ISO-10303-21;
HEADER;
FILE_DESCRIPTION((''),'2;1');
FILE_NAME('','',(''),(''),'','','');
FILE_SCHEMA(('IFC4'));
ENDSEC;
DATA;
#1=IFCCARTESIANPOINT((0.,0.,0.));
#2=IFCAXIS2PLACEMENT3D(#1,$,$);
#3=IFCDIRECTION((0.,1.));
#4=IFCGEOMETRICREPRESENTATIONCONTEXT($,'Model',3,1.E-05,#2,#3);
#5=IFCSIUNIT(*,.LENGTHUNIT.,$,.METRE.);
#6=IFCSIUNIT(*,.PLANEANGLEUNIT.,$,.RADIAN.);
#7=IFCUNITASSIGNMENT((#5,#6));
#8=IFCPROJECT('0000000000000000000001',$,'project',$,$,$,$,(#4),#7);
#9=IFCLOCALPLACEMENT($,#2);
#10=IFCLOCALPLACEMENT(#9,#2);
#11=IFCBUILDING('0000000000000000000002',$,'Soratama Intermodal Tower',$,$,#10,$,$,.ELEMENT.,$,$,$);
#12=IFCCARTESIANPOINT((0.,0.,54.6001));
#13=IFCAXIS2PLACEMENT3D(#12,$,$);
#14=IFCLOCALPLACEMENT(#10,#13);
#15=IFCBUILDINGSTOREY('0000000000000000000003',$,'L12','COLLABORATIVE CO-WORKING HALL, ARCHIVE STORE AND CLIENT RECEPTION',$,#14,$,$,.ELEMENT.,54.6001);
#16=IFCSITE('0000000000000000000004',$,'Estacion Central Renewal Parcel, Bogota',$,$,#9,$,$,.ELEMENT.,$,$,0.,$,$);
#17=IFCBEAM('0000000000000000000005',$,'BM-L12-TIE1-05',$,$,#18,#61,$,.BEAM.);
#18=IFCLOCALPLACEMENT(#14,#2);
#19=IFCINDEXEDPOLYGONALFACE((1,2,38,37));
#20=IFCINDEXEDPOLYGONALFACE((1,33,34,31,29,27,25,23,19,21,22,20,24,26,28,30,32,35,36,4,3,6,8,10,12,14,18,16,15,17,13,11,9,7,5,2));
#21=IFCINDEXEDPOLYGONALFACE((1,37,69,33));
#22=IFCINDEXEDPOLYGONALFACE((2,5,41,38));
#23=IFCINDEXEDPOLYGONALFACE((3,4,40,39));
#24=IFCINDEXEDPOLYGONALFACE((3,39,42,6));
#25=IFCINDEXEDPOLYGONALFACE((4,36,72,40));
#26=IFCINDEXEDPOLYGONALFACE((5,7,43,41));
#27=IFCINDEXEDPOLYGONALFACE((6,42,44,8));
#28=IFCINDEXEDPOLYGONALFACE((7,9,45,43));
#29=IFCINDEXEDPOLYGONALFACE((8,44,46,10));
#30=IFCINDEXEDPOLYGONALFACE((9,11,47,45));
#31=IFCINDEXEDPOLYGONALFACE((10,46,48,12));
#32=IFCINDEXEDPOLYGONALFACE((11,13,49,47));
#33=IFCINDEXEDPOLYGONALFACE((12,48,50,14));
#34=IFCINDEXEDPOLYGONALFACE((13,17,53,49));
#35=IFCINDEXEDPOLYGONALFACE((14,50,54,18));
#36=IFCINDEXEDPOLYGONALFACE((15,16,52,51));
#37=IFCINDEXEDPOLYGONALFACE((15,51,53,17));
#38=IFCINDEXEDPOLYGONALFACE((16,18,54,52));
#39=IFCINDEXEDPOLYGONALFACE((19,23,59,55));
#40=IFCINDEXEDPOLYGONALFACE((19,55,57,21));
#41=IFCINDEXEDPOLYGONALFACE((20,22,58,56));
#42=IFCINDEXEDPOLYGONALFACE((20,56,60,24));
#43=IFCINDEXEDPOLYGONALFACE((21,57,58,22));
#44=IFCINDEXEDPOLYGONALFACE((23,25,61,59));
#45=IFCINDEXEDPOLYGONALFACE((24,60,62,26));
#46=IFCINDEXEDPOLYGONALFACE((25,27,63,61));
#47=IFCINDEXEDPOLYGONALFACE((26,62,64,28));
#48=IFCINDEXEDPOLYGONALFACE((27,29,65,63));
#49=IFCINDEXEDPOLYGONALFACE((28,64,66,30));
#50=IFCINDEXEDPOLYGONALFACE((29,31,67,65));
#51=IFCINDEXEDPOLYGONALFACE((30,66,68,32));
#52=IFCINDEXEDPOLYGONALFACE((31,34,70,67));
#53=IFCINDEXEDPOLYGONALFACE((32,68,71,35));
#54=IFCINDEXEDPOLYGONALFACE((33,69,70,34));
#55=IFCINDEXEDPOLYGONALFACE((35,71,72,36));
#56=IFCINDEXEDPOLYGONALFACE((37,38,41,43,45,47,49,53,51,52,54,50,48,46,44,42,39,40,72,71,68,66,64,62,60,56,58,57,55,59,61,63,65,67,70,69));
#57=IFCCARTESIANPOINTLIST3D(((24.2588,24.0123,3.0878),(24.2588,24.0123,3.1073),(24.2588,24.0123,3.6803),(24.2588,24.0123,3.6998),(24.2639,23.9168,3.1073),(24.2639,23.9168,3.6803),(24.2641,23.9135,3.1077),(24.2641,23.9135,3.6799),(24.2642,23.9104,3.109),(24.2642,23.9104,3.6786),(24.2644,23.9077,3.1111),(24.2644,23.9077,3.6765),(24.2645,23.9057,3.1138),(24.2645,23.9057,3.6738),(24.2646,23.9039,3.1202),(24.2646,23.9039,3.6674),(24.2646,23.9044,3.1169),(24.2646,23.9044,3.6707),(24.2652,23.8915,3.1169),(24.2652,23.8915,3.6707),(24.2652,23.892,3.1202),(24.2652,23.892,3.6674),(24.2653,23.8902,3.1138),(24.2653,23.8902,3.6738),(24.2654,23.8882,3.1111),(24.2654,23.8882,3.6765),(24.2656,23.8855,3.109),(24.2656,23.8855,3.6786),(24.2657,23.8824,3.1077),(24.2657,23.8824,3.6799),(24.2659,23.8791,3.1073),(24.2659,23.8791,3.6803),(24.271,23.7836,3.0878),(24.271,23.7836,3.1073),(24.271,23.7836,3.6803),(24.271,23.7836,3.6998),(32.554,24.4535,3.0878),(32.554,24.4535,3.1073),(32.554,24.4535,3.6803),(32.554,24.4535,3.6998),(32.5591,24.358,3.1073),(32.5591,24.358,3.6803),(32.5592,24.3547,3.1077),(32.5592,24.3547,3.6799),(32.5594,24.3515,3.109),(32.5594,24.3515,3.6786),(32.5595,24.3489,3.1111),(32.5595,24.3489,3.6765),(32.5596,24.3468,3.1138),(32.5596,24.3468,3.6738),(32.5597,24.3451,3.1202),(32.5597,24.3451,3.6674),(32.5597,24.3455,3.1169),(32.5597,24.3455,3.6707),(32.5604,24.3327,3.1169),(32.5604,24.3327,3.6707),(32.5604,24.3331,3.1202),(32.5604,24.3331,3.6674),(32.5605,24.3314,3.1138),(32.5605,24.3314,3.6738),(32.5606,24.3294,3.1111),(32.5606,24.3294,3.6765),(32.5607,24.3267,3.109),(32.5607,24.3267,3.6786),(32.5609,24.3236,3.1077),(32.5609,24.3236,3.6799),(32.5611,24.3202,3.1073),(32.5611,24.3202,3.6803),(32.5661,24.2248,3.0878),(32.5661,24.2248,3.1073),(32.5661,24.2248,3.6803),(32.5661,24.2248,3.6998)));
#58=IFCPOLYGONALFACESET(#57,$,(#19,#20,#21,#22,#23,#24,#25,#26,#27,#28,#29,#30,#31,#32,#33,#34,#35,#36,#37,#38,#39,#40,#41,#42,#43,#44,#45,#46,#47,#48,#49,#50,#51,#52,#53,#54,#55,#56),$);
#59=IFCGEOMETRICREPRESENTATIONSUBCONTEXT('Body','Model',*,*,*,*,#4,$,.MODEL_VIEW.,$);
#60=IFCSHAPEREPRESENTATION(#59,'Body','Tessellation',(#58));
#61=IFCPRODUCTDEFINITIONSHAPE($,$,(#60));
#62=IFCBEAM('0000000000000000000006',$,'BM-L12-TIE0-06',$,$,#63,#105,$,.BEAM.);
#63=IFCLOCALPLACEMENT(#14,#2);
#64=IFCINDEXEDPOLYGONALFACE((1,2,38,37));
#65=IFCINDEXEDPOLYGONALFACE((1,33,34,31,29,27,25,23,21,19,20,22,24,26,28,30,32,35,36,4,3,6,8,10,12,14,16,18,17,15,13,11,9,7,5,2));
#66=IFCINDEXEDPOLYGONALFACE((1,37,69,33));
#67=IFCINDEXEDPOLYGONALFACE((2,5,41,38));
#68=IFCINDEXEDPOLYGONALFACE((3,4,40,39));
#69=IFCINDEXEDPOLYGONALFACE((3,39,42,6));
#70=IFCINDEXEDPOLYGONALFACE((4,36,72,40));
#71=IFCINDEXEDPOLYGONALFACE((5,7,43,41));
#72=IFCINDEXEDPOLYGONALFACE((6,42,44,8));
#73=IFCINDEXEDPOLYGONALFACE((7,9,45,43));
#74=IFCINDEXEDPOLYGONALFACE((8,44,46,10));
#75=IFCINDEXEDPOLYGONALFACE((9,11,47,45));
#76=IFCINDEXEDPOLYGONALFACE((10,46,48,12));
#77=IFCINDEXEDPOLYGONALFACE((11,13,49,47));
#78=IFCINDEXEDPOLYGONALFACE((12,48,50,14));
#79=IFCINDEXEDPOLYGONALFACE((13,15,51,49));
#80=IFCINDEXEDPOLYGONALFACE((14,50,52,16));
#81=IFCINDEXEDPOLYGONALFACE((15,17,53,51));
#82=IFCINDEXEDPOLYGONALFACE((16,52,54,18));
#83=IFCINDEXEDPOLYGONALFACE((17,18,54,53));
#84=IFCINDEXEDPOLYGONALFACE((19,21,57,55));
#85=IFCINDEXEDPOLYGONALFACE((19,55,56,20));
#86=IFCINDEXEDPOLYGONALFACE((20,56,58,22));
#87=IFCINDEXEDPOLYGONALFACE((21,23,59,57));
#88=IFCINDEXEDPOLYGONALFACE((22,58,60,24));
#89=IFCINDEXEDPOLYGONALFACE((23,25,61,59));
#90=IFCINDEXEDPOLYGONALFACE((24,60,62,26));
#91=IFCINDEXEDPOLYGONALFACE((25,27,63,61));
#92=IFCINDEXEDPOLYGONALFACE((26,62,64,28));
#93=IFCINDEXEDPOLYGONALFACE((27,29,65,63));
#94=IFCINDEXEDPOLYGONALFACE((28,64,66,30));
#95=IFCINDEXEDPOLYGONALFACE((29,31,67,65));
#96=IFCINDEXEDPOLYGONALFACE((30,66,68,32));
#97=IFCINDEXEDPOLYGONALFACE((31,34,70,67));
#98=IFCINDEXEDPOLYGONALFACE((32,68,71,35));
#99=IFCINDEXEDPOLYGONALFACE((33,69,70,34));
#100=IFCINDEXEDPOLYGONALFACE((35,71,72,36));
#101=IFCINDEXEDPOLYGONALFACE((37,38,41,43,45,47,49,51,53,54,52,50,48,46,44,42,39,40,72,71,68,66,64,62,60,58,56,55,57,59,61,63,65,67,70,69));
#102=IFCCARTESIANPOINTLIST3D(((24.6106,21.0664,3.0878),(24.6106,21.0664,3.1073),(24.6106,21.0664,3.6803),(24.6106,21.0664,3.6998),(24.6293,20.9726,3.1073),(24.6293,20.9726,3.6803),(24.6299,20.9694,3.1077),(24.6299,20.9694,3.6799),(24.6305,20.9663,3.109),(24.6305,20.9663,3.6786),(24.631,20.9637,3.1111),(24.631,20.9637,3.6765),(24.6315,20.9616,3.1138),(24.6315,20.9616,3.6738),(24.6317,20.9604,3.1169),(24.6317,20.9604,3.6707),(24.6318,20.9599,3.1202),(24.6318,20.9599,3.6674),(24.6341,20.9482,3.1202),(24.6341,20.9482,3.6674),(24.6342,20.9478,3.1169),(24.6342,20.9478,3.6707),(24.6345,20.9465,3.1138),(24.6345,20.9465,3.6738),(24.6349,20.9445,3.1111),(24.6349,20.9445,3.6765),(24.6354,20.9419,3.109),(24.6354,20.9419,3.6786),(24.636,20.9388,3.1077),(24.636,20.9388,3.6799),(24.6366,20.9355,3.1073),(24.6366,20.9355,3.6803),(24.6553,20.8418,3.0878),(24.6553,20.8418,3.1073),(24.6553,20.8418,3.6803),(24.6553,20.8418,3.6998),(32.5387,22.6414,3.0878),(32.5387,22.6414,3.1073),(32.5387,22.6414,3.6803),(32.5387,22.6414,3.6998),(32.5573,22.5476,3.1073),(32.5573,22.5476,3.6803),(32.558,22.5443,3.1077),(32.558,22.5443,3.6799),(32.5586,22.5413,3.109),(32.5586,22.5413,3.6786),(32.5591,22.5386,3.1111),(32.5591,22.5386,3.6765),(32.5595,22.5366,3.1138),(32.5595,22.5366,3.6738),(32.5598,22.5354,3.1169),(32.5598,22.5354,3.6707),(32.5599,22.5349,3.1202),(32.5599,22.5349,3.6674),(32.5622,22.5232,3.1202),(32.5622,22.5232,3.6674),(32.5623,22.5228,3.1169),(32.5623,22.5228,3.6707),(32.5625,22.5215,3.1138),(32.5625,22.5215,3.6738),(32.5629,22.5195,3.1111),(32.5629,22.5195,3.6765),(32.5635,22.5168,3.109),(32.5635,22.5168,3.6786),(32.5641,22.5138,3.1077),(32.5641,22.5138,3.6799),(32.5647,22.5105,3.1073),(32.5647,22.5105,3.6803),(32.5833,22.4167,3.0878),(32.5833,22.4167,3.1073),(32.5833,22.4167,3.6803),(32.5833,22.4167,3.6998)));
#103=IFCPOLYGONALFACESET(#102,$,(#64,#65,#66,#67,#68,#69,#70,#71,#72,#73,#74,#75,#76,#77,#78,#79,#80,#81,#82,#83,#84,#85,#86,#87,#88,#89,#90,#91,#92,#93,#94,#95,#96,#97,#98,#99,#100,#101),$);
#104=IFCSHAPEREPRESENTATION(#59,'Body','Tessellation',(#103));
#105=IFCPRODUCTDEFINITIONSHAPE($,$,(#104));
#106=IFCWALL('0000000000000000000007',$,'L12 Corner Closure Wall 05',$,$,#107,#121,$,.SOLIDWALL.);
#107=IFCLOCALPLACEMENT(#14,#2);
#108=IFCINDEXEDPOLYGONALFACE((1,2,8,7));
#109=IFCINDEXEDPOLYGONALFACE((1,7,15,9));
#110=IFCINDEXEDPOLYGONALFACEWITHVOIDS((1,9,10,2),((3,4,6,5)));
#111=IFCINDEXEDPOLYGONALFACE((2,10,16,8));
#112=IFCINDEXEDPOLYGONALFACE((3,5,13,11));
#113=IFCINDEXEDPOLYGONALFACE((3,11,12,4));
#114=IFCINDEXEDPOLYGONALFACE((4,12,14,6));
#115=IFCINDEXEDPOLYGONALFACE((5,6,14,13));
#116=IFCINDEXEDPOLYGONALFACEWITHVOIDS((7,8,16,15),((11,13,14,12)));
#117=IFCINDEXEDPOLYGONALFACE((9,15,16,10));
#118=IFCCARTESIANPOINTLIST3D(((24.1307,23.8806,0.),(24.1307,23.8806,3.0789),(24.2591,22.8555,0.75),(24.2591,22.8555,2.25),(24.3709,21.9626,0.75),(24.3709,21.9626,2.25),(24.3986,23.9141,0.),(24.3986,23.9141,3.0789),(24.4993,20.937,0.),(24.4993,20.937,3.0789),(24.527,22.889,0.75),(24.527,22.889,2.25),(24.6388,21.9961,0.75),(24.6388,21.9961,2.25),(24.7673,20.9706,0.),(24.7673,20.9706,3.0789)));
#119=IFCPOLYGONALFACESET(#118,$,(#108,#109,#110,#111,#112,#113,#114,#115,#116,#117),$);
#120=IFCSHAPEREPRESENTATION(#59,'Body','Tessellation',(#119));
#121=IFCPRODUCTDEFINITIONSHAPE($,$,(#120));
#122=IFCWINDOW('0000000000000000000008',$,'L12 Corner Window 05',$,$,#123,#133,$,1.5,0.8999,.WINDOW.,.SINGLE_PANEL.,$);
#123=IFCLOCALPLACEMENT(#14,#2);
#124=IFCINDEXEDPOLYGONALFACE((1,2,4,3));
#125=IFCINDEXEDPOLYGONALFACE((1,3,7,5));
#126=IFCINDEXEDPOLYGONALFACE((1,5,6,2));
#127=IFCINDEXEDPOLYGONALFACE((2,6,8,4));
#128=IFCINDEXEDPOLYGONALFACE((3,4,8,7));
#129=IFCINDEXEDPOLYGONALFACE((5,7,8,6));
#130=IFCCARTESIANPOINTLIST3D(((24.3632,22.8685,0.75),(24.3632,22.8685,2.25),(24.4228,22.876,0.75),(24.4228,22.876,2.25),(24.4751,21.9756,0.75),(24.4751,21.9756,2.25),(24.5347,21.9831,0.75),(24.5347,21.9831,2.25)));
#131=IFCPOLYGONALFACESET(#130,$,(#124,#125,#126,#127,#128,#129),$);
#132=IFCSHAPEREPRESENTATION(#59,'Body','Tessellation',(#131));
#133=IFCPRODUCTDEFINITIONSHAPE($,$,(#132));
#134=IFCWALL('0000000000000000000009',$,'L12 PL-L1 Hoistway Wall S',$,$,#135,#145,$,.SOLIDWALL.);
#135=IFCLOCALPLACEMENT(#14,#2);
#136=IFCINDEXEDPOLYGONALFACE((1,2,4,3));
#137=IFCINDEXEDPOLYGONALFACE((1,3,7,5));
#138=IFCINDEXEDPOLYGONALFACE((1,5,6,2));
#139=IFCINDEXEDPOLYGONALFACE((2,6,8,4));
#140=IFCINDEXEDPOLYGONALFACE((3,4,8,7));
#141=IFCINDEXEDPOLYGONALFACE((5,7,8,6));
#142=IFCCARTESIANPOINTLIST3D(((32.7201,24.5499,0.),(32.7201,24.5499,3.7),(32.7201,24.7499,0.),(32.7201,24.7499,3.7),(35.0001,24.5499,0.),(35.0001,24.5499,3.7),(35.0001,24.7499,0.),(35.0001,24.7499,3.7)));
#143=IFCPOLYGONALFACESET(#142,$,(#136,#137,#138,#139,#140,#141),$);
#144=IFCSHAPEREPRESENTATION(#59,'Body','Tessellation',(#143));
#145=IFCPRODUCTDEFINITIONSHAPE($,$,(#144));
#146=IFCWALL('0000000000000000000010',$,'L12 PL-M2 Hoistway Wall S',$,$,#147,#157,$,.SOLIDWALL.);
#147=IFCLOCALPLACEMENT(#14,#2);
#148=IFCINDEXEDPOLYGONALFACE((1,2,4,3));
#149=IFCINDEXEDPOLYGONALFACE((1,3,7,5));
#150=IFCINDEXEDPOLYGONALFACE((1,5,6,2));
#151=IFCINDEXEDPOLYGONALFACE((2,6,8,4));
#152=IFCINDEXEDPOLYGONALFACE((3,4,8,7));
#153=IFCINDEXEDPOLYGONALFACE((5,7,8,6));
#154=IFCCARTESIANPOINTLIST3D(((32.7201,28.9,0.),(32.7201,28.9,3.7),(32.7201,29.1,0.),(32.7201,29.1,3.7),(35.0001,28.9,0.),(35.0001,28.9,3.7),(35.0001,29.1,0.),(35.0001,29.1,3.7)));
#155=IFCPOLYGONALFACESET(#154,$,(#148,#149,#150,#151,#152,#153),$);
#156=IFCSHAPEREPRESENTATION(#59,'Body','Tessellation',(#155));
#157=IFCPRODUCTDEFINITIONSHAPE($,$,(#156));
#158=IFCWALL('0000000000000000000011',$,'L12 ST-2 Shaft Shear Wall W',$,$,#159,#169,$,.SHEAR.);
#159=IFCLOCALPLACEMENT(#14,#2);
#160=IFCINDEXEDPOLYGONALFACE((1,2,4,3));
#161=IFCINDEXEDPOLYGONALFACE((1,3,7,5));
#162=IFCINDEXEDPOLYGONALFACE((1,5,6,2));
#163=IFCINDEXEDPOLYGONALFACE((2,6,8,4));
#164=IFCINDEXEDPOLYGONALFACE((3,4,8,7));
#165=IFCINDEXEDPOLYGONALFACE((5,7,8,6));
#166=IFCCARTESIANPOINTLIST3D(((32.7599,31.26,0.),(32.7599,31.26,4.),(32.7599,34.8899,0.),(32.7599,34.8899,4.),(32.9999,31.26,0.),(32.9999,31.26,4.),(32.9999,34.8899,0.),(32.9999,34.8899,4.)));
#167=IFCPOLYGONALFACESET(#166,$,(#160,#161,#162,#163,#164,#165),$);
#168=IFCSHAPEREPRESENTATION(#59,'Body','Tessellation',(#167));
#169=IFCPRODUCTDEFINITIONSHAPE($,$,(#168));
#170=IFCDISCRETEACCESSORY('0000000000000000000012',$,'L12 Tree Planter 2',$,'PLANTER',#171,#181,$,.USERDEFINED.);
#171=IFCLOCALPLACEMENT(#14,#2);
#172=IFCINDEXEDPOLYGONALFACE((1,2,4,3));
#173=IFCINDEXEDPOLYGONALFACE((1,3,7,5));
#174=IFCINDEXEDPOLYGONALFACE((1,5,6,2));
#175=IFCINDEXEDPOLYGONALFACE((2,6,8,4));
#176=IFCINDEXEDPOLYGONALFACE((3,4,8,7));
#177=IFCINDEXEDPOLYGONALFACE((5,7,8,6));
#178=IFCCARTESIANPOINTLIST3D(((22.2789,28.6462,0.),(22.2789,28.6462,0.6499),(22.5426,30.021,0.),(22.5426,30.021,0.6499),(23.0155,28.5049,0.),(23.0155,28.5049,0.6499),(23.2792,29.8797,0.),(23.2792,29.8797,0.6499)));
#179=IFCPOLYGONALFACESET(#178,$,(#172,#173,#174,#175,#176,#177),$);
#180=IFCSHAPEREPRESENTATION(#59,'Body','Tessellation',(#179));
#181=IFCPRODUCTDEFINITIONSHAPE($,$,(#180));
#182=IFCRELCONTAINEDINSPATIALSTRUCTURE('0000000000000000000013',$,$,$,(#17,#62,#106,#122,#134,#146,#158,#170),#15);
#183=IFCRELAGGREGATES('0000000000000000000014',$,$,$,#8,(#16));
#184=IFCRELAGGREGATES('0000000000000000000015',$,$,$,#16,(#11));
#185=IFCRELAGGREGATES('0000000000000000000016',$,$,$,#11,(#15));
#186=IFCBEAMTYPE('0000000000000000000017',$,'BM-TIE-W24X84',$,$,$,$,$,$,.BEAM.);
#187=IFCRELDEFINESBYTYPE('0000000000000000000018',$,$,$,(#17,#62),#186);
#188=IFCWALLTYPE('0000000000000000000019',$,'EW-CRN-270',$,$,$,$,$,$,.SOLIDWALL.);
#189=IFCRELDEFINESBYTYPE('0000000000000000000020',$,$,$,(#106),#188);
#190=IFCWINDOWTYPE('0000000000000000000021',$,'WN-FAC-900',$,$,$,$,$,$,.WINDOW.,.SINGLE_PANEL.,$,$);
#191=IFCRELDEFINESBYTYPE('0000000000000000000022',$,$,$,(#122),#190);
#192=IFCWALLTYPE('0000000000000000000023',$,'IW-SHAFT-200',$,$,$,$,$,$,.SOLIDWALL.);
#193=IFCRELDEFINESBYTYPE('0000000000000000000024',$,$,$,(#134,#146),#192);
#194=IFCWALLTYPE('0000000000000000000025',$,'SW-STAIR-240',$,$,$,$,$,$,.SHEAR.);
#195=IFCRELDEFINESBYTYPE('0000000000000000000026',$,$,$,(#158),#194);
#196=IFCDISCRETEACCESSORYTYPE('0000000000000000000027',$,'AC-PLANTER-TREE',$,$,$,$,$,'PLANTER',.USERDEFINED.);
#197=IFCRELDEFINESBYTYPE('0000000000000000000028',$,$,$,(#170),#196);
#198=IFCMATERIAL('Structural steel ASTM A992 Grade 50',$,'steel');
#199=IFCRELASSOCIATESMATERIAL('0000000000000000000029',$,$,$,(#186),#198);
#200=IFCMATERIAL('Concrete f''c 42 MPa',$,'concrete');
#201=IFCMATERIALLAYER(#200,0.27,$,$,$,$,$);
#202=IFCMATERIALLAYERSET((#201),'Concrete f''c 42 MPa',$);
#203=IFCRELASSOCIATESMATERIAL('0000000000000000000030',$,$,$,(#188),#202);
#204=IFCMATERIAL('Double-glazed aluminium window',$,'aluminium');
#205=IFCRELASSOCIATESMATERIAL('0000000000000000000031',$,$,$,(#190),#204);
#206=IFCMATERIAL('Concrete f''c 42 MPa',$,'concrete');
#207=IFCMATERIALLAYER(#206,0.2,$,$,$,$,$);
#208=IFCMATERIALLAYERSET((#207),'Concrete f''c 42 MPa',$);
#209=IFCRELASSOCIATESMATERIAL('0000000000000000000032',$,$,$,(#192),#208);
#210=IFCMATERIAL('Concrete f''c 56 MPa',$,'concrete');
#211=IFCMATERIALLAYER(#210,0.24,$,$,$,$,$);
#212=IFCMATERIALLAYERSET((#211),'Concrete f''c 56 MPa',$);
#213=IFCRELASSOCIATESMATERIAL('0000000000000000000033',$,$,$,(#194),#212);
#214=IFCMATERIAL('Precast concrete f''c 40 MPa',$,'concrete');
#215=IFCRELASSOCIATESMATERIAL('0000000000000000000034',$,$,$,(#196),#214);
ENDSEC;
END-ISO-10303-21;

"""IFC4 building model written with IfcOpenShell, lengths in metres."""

from ifc_helpers import new_model, si_unit, direction, frame, frame_2d, origin, origin_2d, place, context, subcontext, project, spatial, rectangle, i_section, extrude, material, layer, layer_set, material_profile, profile_set, type_object, element, fill, save


model = new_model("IFC4")

# Units and contexts
model_context = context("Model", 3, precision=1e-05, world=origin(), true_north=direction((0.0, 1.0)))
body_context = subcontext(model_context, "Body", "Model", "MODEL_VIEW")
ifc_project = project(units=[si_unit("LENGTHUNIT", "METRE"), si_unit("PLANEANGLEUNIT", "RADIAN")], contexts=[model_context])

# Site, building, storey
site_placement = place(None, origin())
site = spatial("IfcSite", under=ifc_project, at=site_placement, Name="Estacion Central Renewal Parcel, Bogota", CompositionType="ELEMENT", RefElevation=0.0)
building_placement = place(site_placement, origin())
building = spatial("IfcBuilding", under=site, at=building_placement, Name="Soratama Intermodal Tower", CompositionType="ELEMENT")
storey_placement = place(building_placement, frame((0.0, 0.0, 54.6001)))
storey = spatial("IfcBuildingStorey", under=building, at=storey_placement, Name="L12", Description="COLLABORATIVE CO-WORKING HALL, ARCHIVE STORE AND CLIENT RECEPTION", CompositionType="ELEMENT", Elevation=54.6001)

# Beams
ifc_material_1 = material(Name="Structural steel ASTM A992 Grade 50", Category="steel")
ifc_material_profile_1 = material_profile(ifc_material_1, i_section(OverallWidth=0.229, OverallDepth=0.6121, WebThickness=0.012, FlangeThickness=0.0195, FilletRadius=0.0129, at=origin_2d()), Name="W24X84")
ifc_profile_set_1 = profile_set([ifc_material_profile_1], Name="Structural steel ASTM A992 Grade 50")
beam_type_1 = type_object("IfcBeamType", Name="BM-TIE-W24X84", PredefinedType="BEAM", material=ifc_profile_set_1)
beam_1_placement = place(storey_placement, frame((32.5601, 24.3391, 3.3938), z_axis=(-0.998589, -0.053108, 0.0), x_axis=(0.053108, -0.998589, 0.0)))
element("IfcBeam", 1, at=beam_1_placement, inside=storey, type_object=beam_type_1, Name="BM-L12-TIE1-05", PredefinedType="BEAM", context=body_context, shape_type="SweptSolid", body=[
    extrude(i_section(OverallWidth=0.229, OverallDepth=0.6121, WebThickness=0.012, FlangeThickness=0.0195, FilletRadius=0.0129, at=origin_2d()), origin(), (0.0, 0.0, 1.0), 8.3069),
])
beam_2_placement = place(storey_placement, frame((32.561, 22.5291, 3.3938), z_axis=(-0.980833, -0.19485, 0.0), x_axis=(0.19485, -0.980833, 0.0)))
element("IfcBeam", 2, at=beam_2_placement, inside=storey, type_object=beam_type_1, Name="BM-L12-TIE0-06", PredefinedType="BEAM", context=body_context, shape_type="SweptSolid", body=[
    extrude(i_section(OverallWidth=0.229, OverallDepth=0.6121, WebThickness=0.012, FlangeThickness=0.0195, FilletRadius=0.0129, at=origin_2d()), origin(), (0.0, 0.0, 1.0), 8.083),
])

# Wall, opening, window
ifc_material_2 = material(Name="Concrete f'c 42 MPa", Category="concrete")
ifc_layer_1 = layer(ifc_material_2, 0.27)
ifc_layer_set_1 = layer_set([ifc_layer_1], Name="Concrete f'c 42 MPa")
wall_type_1 = type_object("IfcWallType", Name="EW-CRN-270", PredefinedType="SOLIDWALL", material=ifc_layer_set_1)
wall_1_placement = place(storey_placement, frame((24.2646, 23.8975, 0.0), z_axis=(0.0, 0.0, 1.0), x_axis=(0.124268, -0.992249, 0.0)))
wall_1 = element("IfcWall", 3, at=wall_1_placement, inside=storey, type_object=wall_type_1, Name="L12 Corner Closure Wall 05", PredefinedType="SOLIDWALL", context=body_context, shape_type="SweptSolid", body=[
    extrude(rectangle(XDim=2.9666, YDim=0.27, at=frame_2d((1.4834, 0.0))), origin(), (0.0, 0.0, 1.0), 3.0789),
])
opening_1_placement = place(wall_1_placement, frame((1.0332, 0.0, 0.75)))
opening_1 = element("IfcOpeningElement", 4, at=opening_1_placement, cuts=wall_1, PredefinedType="OPENING", context=body_context, shape_type="SweptSolid", body=[
    extrude(rectangle(XDim=0.8999, YDim=1.5, at=frame_2d((0.45, 0.75))), frame((0.0, 0.145, 0.0), z_axis=(0.0, -1.0, 0.0), x_axis=(1.0, 0.0, 0.0)), (0.0, 0.0, 1.0), 0.29),
])
ifc_material_3 = material(Name="Double-glazed aluminium window", Category="aluminium")
window_type = type_object("IfcWindowType", Name="WN-FAC-900", PartitioningType="SINGLE_PANEL", PredefinedType="WINDOW", material=ifc_material_3)
window_placement = place(opening_1_placement, origin())
window = element("IfcWindow", 5, at=window_placement, inside=storey, type_object=window_type, Name="L12 Corner Window 05", OverallHeight=1.5, OverallWidth=0.8999, PartitioningType="SINGLE_PANEL", PredefinedType="WINDOW", context=body_context, shape_type="SweptSolid", body=[
    extrude(rectangle(XDim=0.8999, YDim=1.5, at=frame_2d((0.45, 0.75))), frame((0.0, 0.03, 0.0), z_axis=(0.0, -1.0, 0.0), x_axis=(1.0, 0.0, 0.0)), (0.0, 0.0, 1.0), 0.0601),
])
fill(opening_1, window)

# Wall
ifc_material_4 = material(Name="Concrete f'c 42 MPa", Category="concrete")
ifc_layer_2 = layer(ifc_material_4, 0.2)
ifc_layer_set_2 = layer_set([ifc_layer_2], Name="Concrete f'c 42 MPa")
wall_type_2 = type_object("IfcWallType", Name="IW-SHAFT-200", PredefinedType="SOLIDWALL", material=ifc_layer_set_2)
wall_2_placement = place(storey_placement, frame((32.72, 24.6499, 0.0), z_axis=(0.0, 0.0, 1.0), x_axis=(1.0, 0.0, 0.0)))
element("IfcWall", 6, at=wall_2_placement, inside=storey, type_object=wall_type_2, Name="L12 PL-L1 Hoistway Wall S", PredefinedType="SOLIDWALL", context=body_context, shape_type="SweptSolid", body=[
    extrude(rectangle(XDim=2.28, YDim=0.2, at=frame_2d((1.1401, 0.0))), origin(), (0.0, 0.0, 1.0), 3.7),
])

# Walls
wall_3_placement = place(storey_placement, frame((32.72, 29.0, 0.0), z_axis=(0.0, 0.0, 1.0), x_axis=(1.0, 0.0, 0.0)))
element("IfcWall", 7, at=wall_3_placement, inside=storey, type_object=wall_type_2, Name="L12 PL-M2 Hoistway Wall S", PredefinedType="SOLIDWALL", context=body_context, shape_type="SweptSolid", body=[
    extrude(rectangle(XDim=2.28, YDim=0.2, at=frame_2d((1.1401, 0.0))), origin(), (0.0, 0.0, 1.0), 3.7),
])
ifc_material_5 = material(Name="Concrete f'c 56 MPa", Category="concrete")
ifc_layer_3 = layer(ifc_material_5, 0.24)
ifc_layer_set_3 = layer_set([ifc_layer_3], Name="Concrete f'c 56 MPa")
wall_type_3 = type_object("IfcWallType", Name="SW-STAIR-240", PredefinedType="SHEAR", material=ifc_layer_set_3)
wall_4_placement = place(storey_placement, frame((32.8799, 31.26, 0.0), z_axis=(0.0, 0.0, 1.0), x_axis=(0.0, 1.0, 0.0)))
element("IfcWall", 8, at=wall_4_placement, inside=storey, type_object=wall_type_3, Name="L12 ST-2 Shaft Shear Wall W", PredefinedType="SHEAR", context=body_context, shape_type="SweptSolid", body=[
    extrude(rectangle(XDim=3.6299, YDim=0.24, at=frame_2d((1.8149, 0.0))), origin(), (0.0, 0.0, 1.0), 4.0),
])

# Discrete accessory
ifc_material_6 = material(Name="Precast concrete f'c 40 MPa", Category="concrete")
discrete_accessory_type = type_object("IfcDiscreteAccessoryType", Name="AC-PLANTER-TREE", ElementType="PLANTER", PredefinedType="USERDEFINED", material=ifc_material_6)
discrete_accessory_placement = place(storey_placement, frame((22.7791, 29.2629, 0.0), z_axis=(0.0, 0.0, 1.0), x_axis=(-0.98209, 0.18841, 0.0)))
element("IfcDiscreteAccessory", 9, at=discrete_accessory_placement, inside=storey, type_object=discrete_accessory_type, Name="L12 Tree Planter 2", ObjectType="PLANTER", PredefinedType="USERDEFINED", context=body_context, shape_type="SweptSolid", body=[
    extrude(rectangle(XDim=0.75, YDim=1.3999, at=origin_2d()), origin(), (0.0, 0.0, 1.0), 0.6499),
])

save(model, "model.ifc")
